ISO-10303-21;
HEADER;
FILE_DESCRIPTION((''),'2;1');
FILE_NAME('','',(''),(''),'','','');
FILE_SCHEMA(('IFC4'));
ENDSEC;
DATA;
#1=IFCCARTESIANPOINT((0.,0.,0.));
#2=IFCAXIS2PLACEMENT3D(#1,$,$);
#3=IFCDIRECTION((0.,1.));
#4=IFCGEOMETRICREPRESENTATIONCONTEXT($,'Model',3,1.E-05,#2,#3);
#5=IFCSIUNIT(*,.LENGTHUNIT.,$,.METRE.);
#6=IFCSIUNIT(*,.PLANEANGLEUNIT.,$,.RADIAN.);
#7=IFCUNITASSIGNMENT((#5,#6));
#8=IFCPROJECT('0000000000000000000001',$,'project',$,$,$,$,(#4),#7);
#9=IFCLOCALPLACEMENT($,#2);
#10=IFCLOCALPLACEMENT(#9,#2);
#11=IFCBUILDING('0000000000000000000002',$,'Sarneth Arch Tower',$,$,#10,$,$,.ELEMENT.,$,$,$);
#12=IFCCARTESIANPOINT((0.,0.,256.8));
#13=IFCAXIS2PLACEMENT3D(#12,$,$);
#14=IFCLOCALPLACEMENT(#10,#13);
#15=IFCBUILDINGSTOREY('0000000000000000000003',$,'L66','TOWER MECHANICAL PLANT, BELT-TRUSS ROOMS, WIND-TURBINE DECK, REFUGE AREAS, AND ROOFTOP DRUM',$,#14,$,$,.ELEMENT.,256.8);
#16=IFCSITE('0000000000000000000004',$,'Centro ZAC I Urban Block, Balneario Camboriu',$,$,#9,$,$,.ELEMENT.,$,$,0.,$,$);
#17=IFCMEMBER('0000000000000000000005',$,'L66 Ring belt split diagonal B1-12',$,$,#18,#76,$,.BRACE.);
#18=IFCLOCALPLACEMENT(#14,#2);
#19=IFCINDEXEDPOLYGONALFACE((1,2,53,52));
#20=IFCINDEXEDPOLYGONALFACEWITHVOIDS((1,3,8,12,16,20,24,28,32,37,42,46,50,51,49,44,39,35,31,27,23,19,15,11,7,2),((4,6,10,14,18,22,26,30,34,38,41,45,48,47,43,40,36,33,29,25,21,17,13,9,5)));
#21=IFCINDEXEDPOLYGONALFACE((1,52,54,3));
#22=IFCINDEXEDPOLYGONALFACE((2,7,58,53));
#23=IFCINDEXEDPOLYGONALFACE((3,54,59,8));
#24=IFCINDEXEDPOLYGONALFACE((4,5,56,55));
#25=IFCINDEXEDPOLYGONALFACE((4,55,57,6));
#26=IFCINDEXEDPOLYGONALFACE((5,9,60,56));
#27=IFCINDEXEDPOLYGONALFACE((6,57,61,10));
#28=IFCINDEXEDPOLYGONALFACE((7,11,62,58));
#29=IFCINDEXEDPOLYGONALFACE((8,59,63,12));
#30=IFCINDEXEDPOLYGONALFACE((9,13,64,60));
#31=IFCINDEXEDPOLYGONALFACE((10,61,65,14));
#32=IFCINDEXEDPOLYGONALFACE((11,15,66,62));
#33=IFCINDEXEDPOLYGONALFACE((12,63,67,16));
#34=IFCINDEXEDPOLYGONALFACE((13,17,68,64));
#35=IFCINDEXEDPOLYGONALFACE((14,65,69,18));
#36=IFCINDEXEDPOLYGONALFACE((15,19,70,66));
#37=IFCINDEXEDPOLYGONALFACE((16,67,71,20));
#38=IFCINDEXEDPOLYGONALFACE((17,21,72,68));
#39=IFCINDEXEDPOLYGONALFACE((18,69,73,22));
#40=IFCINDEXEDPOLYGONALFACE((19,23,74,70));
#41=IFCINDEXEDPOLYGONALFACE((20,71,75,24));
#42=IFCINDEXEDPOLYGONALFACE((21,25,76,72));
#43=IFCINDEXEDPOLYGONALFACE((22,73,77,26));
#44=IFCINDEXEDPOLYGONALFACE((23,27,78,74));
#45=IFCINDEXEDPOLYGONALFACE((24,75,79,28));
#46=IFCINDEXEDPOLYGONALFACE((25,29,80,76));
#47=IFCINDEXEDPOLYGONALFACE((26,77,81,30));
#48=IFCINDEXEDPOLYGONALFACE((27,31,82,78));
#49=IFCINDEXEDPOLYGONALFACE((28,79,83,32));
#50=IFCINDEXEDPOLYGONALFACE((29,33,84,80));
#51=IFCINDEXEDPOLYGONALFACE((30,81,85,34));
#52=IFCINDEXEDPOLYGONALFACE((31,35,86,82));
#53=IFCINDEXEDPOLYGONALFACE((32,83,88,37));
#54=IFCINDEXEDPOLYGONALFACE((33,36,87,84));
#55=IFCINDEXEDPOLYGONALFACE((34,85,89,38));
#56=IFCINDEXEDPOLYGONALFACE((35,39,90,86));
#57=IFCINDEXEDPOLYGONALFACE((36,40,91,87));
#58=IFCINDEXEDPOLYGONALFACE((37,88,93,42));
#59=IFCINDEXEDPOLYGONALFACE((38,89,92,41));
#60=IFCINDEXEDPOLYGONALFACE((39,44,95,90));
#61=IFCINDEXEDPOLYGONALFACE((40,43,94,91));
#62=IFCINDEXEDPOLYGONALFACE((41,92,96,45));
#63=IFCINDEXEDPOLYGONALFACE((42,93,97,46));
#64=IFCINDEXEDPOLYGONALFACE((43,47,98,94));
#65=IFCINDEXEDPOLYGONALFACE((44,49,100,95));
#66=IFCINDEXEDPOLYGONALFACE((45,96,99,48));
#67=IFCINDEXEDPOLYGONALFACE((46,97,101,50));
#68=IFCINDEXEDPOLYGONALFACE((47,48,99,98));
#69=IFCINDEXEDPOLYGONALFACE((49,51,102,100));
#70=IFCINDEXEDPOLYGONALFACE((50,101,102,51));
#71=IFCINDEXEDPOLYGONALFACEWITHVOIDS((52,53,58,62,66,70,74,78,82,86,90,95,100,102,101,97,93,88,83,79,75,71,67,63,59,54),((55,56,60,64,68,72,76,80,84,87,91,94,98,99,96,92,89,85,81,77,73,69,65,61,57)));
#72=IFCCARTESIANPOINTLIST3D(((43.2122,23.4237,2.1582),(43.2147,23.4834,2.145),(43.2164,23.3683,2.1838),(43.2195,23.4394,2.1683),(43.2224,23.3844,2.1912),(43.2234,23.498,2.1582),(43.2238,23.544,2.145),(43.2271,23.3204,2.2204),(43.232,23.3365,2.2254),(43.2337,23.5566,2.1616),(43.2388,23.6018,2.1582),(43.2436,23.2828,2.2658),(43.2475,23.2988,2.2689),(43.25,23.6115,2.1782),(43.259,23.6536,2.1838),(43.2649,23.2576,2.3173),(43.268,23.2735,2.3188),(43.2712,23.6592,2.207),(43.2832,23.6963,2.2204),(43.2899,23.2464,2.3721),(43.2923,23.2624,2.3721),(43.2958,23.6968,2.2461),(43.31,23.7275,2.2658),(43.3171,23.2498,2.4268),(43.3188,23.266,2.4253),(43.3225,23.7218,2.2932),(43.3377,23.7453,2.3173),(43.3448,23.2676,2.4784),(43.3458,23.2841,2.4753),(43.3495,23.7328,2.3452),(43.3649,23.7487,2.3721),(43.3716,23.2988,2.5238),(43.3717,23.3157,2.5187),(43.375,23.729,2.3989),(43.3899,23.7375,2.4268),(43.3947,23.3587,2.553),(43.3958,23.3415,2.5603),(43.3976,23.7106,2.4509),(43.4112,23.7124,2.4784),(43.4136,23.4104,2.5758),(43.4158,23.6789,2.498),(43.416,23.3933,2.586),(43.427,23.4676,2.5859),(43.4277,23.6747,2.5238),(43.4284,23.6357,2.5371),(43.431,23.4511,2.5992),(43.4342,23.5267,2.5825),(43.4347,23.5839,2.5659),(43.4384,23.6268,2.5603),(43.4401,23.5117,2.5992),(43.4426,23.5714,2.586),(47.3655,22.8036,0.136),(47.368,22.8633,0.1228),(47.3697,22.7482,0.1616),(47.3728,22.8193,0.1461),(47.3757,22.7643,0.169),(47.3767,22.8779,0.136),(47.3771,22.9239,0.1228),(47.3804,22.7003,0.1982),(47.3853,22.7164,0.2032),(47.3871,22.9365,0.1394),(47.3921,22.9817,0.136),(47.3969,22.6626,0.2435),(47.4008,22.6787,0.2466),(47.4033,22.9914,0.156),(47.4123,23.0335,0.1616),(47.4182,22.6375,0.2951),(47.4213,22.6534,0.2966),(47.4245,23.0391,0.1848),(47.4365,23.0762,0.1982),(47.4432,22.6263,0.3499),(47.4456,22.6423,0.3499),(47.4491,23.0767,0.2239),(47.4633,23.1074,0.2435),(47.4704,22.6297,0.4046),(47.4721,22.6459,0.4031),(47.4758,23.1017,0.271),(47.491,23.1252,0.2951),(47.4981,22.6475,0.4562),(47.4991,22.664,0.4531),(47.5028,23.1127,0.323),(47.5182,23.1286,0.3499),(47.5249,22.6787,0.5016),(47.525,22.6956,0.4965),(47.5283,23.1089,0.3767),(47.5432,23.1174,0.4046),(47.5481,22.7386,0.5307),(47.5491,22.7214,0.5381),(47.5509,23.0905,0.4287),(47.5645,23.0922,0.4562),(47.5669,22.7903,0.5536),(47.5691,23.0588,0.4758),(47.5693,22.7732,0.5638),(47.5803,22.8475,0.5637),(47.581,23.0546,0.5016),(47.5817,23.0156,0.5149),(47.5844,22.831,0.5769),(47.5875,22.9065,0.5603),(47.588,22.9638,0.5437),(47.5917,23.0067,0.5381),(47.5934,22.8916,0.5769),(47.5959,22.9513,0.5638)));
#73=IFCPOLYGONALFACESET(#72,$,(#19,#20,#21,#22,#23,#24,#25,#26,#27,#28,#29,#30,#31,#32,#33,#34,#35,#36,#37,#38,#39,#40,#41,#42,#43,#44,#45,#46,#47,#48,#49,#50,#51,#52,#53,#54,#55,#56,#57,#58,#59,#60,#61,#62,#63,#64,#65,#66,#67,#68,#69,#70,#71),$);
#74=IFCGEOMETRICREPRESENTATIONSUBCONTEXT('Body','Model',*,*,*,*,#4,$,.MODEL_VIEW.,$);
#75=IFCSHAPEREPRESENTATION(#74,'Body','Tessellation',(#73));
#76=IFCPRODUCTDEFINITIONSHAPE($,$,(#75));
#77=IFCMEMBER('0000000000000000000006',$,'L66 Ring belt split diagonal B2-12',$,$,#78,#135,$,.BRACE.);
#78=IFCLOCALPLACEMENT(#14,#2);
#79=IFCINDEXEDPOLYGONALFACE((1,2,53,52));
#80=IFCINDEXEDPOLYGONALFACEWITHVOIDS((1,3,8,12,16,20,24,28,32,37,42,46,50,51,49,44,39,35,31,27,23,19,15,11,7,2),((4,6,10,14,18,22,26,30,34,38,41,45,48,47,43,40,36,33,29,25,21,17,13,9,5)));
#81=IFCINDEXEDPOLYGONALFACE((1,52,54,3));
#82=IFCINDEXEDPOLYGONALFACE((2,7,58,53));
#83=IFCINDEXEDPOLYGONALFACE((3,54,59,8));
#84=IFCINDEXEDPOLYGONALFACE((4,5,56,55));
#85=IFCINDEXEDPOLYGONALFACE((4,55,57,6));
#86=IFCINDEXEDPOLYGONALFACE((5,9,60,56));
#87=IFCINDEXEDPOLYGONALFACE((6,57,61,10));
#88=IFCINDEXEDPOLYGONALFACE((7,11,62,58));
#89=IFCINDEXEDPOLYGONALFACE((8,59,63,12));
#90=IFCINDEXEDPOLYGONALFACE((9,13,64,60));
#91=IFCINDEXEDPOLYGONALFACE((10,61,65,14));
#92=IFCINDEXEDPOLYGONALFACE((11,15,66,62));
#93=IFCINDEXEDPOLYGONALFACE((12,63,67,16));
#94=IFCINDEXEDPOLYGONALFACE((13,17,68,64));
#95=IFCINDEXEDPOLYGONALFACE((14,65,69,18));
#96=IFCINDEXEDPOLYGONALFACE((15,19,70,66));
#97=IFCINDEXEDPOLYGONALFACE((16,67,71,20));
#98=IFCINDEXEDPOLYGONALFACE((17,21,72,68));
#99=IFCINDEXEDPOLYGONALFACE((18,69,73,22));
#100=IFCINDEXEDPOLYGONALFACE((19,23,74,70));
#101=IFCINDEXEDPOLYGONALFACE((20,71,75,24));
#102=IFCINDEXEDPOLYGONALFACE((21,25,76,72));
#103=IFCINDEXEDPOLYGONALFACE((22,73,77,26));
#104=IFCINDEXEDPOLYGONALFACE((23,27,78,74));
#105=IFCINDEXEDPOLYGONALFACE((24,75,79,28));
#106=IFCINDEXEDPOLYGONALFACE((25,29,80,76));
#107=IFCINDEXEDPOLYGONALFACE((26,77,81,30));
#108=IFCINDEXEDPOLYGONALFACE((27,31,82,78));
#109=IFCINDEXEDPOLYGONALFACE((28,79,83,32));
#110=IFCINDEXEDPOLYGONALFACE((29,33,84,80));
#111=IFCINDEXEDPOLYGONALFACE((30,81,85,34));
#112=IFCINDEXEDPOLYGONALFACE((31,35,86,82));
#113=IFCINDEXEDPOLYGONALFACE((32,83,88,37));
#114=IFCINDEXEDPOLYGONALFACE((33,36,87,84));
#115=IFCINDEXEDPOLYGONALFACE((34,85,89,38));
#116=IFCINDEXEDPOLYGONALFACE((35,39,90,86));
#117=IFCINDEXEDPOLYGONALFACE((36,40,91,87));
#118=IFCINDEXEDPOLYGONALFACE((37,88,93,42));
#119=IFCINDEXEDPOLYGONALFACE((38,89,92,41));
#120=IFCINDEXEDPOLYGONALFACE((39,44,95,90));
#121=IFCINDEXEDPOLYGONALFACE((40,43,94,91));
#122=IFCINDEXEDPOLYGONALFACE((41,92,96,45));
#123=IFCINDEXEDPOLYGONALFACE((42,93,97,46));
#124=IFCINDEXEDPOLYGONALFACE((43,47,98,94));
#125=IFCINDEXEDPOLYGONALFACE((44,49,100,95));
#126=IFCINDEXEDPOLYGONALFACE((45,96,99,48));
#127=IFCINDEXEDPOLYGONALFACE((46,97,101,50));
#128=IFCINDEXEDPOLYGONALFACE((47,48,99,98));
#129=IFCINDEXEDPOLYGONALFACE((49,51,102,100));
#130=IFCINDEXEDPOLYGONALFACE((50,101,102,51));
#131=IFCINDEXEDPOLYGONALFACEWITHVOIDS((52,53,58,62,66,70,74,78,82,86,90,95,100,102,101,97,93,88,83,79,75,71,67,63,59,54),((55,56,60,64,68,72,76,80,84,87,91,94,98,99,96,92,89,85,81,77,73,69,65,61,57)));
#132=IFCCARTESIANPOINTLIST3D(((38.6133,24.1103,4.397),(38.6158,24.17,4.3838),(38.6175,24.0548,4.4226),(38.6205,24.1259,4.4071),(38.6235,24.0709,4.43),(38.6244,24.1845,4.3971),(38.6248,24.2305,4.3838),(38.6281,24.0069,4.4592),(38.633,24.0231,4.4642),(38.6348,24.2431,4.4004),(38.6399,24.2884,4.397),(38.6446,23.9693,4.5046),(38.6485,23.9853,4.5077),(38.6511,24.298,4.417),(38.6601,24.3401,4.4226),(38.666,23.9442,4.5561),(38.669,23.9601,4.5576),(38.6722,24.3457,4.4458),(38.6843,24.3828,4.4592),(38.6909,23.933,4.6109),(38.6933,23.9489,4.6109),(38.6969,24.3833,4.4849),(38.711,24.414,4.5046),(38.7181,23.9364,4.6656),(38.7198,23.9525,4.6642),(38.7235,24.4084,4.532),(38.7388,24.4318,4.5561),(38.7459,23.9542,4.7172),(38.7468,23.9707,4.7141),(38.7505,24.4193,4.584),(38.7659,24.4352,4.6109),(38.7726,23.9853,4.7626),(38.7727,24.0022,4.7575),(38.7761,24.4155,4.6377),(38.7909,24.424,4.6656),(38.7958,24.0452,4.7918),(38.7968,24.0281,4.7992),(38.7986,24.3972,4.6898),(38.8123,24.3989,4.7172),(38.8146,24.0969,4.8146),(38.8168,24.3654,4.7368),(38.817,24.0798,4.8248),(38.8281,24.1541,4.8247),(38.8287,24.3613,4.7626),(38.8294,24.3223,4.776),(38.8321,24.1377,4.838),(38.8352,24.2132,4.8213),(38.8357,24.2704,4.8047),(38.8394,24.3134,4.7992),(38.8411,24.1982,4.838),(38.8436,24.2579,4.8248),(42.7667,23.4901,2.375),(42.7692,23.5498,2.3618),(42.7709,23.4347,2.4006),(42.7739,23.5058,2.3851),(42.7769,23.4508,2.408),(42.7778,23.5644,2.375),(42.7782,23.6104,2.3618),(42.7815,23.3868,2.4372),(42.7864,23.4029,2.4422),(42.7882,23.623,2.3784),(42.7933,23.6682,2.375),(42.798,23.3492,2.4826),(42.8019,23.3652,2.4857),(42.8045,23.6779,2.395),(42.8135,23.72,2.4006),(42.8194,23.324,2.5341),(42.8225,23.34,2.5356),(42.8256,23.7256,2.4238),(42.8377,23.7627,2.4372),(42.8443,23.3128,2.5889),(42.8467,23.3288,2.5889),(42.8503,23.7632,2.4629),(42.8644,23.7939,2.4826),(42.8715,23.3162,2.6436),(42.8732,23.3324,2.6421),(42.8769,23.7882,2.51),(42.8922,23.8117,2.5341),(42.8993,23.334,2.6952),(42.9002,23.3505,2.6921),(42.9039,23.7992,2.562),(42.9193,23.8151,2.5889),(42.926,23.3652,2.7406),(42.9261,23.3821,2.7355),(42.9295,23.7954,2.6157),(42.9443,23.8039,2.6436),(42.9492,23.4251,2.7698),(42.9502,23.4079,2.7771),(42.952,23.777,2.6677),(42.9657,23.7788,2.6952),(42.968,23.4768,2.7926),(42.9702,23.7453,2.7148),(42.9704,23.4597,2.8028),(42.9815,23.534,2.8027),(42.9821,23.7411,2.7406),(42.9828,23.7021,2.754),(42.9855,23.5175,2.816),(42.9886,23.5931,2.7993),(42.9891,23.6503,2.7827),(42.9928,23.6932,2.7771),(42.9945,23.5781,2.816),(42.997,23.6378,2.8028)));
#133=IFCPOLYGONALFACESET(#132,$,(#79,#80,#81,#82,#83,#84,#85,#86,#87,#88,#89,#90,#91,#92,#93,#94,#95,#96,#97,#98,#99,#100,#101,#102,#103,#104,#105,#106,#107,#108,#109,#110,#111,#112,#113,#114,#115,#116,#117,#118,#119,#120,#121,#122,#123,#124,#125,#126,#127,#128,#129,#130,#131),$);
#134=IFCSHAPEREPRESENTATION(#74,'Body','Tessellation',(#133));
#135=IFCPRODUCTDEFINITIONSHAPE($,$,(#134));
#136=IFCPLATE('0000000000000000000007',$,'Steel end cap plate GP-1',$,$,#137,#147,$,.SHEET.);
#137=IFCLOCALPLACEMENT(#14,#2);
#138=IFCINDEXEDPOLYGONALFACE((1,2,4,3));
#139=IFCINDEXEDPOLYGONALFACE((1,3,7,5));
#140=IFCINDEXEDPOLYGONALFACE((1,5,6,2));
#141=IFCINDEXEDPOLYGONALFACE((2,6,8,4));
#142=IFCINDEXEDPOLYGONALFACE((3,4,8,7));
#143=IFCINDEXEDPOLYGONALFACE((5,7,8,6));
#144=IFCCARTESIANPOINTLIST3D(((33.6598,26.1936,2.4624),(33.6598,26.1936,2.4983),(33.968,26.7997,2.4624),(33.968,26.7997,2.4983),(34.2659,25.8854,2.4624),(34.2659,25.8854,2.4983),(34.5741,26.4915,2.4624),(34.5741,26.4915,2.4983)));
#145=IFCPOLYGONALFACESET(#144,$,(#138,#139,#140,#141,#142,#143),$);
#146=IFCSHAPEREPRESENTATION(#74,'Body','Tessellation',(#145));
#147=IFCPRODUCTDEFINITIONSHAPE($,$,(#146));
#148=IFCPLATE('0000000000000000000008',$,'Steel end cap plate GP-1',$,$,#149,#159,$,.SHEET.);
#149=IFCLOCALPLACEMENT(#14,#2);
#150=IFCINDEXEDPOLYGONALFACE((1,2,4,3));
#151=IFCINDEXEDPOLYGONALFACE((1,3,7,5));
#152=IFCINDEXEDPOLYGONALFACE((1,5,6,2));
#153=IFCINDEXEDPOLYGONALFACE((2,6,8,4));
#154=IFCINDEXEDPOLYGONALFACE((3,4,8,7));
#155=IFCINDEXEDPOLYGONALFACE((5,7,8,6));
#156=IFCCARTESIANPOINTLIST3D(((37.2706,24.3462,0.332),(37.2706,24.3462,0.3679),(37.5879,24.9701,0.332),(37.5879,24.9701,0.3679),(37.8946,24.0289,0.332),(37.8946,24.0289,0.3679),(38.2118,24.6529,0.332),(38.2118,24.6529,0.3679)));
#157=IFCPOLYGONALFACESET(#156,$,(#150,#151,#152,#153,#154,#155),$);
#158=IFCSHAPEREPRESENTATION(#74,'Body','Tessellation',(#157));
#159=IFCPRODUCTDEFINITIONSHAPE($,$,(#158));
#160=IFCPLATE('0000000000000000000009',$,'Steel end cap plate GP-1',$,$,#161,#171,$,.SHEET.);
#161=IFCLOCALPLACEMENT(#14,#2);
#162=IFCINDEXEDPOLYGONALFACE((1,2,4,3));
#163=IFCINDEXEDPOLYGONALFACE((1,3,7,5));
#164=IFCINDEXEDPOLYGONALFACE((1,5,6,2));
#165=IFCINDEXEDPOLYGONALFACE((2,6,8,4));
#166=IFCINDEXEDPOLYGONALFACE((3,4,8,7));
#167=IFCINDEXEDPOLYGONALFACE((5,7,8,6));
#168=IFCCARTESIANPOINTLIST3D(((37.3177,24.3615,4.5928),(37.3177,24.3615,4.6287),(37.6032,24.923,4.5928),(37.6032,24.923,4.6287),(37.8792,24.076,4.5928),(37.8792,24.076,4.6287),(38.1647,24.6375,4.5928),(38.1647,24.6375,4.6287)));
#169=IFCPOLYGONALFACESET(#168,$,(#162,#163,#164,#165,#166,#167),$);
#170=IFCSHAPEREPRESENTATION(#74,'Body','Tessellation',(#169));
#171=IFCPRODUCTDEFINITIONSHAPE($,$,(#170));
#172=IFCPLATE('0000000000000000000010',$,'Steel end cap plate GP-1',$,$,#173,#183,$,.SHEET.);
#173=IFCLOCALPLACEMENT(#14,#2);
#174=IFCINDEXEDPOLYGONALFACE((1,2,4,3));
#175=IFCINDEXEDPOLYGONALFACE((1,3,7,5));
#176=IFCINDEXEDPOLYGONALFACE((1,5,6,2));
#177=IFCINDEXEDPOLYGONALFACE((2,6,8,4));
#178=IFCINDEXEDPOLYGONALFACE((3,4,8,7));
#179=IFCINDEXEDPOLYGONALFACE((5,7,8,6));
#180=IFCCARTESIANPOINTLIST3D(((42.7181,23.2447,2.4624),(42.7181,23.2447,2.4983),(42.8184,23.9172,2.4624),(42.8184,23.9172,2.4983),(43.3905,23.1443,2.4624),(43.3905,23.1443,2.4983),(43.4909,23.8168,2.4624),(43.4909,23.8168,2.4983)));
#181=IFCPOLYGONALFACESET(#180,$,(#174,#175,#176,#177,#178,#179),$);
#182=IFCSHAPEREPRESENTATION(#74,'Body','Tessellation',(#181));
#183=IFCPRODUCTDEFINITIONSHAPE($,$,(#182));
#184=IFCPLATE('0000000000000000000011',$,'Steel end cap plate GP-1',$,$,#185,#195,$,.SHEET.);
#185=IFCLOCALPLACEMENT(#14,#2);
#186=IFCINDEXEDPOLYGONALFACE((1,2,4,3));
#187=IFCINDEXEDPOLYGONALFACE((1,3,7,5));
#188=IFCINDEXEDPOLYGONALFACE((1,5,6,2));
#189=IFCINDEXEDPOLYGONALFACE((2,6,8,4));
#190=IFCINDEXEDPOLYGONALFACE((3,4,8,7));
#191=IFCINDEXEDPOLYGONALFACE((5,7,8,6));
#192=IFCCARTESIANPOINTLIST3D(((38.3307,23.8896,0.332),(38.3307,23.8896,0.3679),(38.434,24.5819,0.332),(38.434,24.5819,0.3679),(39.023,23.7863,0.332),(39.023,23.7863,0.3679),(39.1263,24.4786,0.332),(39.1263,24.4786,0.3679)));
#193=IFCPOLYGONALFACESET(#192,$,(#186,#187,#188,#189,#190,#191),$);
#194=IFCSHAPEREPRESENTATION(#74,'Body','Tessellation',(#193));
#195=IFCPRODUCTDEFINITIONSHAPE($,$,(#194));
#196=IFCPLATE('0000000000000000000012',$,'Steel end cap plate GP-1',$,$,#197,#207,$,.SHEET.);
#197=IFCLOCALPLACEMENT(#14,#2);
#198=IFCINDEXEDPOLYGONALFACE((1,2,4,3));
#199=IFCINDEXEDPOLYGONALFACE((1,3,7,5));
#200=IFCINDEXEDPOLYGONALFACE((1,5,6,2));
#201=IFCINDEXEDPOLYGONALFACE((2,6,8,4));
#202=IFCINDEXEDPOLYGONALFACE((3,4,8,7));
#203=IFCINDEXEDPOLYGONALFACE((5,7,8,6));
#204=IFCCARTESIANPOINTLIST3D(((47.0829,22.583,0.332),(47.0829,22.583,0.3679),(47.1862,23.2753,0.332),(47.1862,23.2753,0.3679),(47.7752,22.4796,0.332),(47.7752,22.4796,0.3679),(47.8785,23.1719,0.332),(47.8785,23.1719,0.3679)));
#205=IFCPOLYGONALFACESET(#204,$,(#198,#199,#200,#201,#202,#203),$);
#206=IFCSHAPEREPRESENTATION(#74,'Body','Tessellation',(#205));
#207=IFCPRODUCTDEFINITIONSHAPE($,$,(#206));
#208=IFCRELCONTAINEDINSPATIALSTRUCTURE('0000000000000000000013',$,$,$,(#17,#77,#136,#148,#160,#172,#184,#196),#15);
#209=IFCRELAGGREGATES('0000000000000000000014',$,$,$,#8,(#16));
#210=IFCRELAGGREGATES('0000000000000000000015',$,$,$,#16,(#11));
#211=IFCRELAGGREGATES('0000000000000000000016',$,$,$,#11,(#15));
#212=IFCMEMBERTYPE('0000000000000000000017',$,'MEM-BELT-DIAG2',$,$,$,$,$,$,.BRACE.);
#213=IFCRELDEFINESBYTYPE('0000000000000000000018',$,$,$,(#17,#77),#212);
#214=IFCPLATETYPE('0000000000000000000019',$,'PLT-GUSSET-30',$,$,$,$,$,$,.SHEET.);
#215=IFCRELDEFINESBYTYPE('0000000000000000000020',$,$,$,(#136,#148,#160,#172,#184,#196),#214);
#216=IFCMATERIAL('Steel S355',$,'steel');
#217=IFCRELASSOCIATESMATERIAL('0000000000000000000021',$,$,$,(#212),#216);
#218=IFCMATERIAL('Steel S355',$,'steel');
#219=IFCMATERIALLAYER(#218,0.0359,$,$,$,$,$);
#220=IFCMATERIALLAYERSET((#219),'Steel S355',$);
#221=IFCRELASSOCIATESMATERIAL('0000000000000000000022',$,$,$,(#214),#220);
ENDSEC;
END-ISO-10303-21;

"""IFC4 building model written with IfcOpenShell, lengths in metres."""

from ifc_helpers import new_model, si_unit, direction, frame, origin, origin_2d, place, context, subcontext, project, spatial, rectangle, hollow_circle, extrude, material, layer, layer_set, material_profile, profile_set, type_object, element, save


model = new_model("IFC4")

# Units and contexts
model_context = context("Model", 3, precision=1e-05, world=origin(), true_north=direction((0.0, 1.0)))
body_context = subcontext(model_context, "Body", "Model", "MODEL_VIEW")
ifc_project = project(units=[si_unit("LENGTHUNIT", "METRE"), si_unit("PLANEANGLEUNIT", "RADIAN")], contexts=[model_context])

# Site, building, storey
site_placement = place(None, origin())
site = spatial("IfcSite", under=ifc_project, at=site_placement, Name="Centro ZAC I Urban Block, Balneario Camboriu", CompositionType="ELEMENT", RefElevation=0.0)
building_placement = place(site_placement, origin())
building = spatial("IfcBuilding", under=site, at=building_placement, Name="Sarneth Arch Tower", CompositionType="ELEMENT")
storey_placement = place(building_placement, frame((0.0, 0.0, 256.8)))
storey = spatial("IfcBuildingStorey", under=building, at=storey_placement, Name="L66", Description="TOWER MECHANICAL PLANT, BELT-TRUSS ROOMS, WIND-TURBINE DECK, REFUGE AREAS, AND ROOFTOP DRUM", CompositionType="ELEMENT", Elevation=256.8)

# Members
ifc_material_1 = material(Name="Steel S355", Category="steel")
ifc_material_profile_1 = material_profile(ifc_material_1, hollow_circle(Radius=0.2539, WallThickness=0.0161, at=origin_2d()), Name="CHS508x16")
ifc_profile_set_1 = profile_set([ifc_material_profile_1], Name="Steel S355")
member_type_1 = type_object("IfcMemberType", Name="MEM-BELT-DIAG2", PredefinedType="BRACE", material=ifc_profile_set_1)
for number, where, z_axis, x_axis, name in (
    (1, (47.4807, 22.8774, 0.3499), (-0.891099, 0.133047, 0.433868), (-0.147669, -0.989037, 0.0), "L66 Ring belt split diagonal B1-12"),
    (2, (42.8818, 23.564, 2.5889), (-0.891119, 0.13305, 0.433826), (-0.147669, -0.989037, 0.0), "L66 Ring belt split diagonal B2-12"),
):
    element("IfcMember", number, at=place(storey_placement, frame(where, z_axis=z_axis, x_axis=x_axis)), inside=storey, type_object=member_type_1, Name=name, PredefinedType="BRACE", context=body_context, shape_type="SweptSolid", body=[
        extrude(hollow_circle(Radius=0.2539, WallThickness=0.0161, at=origin_2d()), origin(), (0.0, 0.0, 1.0), 4.6609),
    ])

# Plates
ifc_material_2 = material(Name="Steel S355", Category="steel")
ifc_layer_1 = layer(ifc_material_2, 0.0359)
ifc_layer_set_1 = layer_set([ifc_layer_1], Name="Steel S355")
plate_type = type_object("IfcPlateType", Name="PLT-GUSSET-30", PredefinedType="SHEET", material=ifc_layer_set_1)
plate_1_placement = place(storey_placement, frame((34.1169, 26.3425, 2.4624), z_axis=(0.0, 0.0, 1.0), x_axis=(0.891402, -0.453213, 0.0)))
element("IfcPlate", 3, at=plate_1_placement, inside=storey, type_object=plate_type, Name="Steel end cap plate GP-1", PredefinedType="SHEET", context=body_context, shape_type="SweptSolid", body=[
    extrude(rectangle(XDim=0.6799, YDim=0.6799, at=origin_2d()), origin(), (0.0, 0.0, 1.0), 0.0359),
])
plate_2_placement = place(storey_placement, frame((37.7412, 24.4995, 0.332), z_axis=(0.0, 0.0, 1.0), x_axis=(0.891402, -0.453213, 0.0)))
element("IfcPlate", 4, at=plate_2_placement, inside=storey, type_object=plate_type, Name="Steel end cap plate GP-1", PredefinedType="SHEET", context=body_context, shape_type="SweptSolid", body=[
    extrude(rectangle(XDim=0.7, YDim=0.7, at=origin_2d()), origin(), (0.0, 0.0, 1.0), 0.0359),
])
plate_3_placement = place(storey_placement, frame((37.7412, 24.4995, 4.5928), z_axis=(0.0, 0.0, 1.0), x_axis=(0.891402, -0.453213, 0.0)))
element("IfcPlate", 5, at=plate_3_placement, inside=storey, type_object=plate_type, Name="Steel end cap plate GP-1", PredefinedType="SHEET", context=body_context, shape_type="SweptSolid", body=[
    extrude(rectangle(XDim=0.6299, YDim=0.6299, at=origin_2d()), origin(), (0.0, 0.0, 1.0), 0.0359),
])
plate_4_placement = place(storey_placement, frame((43.1045, 23.5308, 2.4624), z_axis=(0.0, 0.0, 1.0), x_axis=(0.989042, -0.147637, 0.0)))
element("IfcPlate", 6, at=plate_4_placement, inside=storey, type_object=plate_type, Name="Steel end cap plate GP-1", PredefinedType="SHEET", context=body_context, shape_type="SweptSolid", body=[
    extrude(rectangle(XDim=0.6799, YDim=0.6799, at=origin_2d()), origin(), (0.0, 0.0, 1.0), 0.0359),
])
for number, where, z_axis, x_axis, name in (
    (7, (38.7285, 24.1841, 0.332), (0.0, 0.0, 1.0), (-0.989042, 0.147637, 0.0), "Steel end cap plate GP-1"),
    (8, (47.4807, 22.8774, 0.332), (0.0, 0.0, 1.0), (0.989042, -0.147637, 0.0), "Steel end cap plate GP-1"),
):
    element("IfcPlate", number, at=place(storey_placement, frame(where, z_axis=z_axis, x_axis=x_axis)), inside=storey, type_object=plate_type, Name=name, PredefinedType="SHEET", context=body_context, shape_type="SweptSolid", body=[
        extrude(rectangle(XDim=0.7, YDim=0.7, at=origin_2d()), origin(), (0.0, 0.0, 1.0), 0.0359),
    ])

save(model, "model.ifc")
